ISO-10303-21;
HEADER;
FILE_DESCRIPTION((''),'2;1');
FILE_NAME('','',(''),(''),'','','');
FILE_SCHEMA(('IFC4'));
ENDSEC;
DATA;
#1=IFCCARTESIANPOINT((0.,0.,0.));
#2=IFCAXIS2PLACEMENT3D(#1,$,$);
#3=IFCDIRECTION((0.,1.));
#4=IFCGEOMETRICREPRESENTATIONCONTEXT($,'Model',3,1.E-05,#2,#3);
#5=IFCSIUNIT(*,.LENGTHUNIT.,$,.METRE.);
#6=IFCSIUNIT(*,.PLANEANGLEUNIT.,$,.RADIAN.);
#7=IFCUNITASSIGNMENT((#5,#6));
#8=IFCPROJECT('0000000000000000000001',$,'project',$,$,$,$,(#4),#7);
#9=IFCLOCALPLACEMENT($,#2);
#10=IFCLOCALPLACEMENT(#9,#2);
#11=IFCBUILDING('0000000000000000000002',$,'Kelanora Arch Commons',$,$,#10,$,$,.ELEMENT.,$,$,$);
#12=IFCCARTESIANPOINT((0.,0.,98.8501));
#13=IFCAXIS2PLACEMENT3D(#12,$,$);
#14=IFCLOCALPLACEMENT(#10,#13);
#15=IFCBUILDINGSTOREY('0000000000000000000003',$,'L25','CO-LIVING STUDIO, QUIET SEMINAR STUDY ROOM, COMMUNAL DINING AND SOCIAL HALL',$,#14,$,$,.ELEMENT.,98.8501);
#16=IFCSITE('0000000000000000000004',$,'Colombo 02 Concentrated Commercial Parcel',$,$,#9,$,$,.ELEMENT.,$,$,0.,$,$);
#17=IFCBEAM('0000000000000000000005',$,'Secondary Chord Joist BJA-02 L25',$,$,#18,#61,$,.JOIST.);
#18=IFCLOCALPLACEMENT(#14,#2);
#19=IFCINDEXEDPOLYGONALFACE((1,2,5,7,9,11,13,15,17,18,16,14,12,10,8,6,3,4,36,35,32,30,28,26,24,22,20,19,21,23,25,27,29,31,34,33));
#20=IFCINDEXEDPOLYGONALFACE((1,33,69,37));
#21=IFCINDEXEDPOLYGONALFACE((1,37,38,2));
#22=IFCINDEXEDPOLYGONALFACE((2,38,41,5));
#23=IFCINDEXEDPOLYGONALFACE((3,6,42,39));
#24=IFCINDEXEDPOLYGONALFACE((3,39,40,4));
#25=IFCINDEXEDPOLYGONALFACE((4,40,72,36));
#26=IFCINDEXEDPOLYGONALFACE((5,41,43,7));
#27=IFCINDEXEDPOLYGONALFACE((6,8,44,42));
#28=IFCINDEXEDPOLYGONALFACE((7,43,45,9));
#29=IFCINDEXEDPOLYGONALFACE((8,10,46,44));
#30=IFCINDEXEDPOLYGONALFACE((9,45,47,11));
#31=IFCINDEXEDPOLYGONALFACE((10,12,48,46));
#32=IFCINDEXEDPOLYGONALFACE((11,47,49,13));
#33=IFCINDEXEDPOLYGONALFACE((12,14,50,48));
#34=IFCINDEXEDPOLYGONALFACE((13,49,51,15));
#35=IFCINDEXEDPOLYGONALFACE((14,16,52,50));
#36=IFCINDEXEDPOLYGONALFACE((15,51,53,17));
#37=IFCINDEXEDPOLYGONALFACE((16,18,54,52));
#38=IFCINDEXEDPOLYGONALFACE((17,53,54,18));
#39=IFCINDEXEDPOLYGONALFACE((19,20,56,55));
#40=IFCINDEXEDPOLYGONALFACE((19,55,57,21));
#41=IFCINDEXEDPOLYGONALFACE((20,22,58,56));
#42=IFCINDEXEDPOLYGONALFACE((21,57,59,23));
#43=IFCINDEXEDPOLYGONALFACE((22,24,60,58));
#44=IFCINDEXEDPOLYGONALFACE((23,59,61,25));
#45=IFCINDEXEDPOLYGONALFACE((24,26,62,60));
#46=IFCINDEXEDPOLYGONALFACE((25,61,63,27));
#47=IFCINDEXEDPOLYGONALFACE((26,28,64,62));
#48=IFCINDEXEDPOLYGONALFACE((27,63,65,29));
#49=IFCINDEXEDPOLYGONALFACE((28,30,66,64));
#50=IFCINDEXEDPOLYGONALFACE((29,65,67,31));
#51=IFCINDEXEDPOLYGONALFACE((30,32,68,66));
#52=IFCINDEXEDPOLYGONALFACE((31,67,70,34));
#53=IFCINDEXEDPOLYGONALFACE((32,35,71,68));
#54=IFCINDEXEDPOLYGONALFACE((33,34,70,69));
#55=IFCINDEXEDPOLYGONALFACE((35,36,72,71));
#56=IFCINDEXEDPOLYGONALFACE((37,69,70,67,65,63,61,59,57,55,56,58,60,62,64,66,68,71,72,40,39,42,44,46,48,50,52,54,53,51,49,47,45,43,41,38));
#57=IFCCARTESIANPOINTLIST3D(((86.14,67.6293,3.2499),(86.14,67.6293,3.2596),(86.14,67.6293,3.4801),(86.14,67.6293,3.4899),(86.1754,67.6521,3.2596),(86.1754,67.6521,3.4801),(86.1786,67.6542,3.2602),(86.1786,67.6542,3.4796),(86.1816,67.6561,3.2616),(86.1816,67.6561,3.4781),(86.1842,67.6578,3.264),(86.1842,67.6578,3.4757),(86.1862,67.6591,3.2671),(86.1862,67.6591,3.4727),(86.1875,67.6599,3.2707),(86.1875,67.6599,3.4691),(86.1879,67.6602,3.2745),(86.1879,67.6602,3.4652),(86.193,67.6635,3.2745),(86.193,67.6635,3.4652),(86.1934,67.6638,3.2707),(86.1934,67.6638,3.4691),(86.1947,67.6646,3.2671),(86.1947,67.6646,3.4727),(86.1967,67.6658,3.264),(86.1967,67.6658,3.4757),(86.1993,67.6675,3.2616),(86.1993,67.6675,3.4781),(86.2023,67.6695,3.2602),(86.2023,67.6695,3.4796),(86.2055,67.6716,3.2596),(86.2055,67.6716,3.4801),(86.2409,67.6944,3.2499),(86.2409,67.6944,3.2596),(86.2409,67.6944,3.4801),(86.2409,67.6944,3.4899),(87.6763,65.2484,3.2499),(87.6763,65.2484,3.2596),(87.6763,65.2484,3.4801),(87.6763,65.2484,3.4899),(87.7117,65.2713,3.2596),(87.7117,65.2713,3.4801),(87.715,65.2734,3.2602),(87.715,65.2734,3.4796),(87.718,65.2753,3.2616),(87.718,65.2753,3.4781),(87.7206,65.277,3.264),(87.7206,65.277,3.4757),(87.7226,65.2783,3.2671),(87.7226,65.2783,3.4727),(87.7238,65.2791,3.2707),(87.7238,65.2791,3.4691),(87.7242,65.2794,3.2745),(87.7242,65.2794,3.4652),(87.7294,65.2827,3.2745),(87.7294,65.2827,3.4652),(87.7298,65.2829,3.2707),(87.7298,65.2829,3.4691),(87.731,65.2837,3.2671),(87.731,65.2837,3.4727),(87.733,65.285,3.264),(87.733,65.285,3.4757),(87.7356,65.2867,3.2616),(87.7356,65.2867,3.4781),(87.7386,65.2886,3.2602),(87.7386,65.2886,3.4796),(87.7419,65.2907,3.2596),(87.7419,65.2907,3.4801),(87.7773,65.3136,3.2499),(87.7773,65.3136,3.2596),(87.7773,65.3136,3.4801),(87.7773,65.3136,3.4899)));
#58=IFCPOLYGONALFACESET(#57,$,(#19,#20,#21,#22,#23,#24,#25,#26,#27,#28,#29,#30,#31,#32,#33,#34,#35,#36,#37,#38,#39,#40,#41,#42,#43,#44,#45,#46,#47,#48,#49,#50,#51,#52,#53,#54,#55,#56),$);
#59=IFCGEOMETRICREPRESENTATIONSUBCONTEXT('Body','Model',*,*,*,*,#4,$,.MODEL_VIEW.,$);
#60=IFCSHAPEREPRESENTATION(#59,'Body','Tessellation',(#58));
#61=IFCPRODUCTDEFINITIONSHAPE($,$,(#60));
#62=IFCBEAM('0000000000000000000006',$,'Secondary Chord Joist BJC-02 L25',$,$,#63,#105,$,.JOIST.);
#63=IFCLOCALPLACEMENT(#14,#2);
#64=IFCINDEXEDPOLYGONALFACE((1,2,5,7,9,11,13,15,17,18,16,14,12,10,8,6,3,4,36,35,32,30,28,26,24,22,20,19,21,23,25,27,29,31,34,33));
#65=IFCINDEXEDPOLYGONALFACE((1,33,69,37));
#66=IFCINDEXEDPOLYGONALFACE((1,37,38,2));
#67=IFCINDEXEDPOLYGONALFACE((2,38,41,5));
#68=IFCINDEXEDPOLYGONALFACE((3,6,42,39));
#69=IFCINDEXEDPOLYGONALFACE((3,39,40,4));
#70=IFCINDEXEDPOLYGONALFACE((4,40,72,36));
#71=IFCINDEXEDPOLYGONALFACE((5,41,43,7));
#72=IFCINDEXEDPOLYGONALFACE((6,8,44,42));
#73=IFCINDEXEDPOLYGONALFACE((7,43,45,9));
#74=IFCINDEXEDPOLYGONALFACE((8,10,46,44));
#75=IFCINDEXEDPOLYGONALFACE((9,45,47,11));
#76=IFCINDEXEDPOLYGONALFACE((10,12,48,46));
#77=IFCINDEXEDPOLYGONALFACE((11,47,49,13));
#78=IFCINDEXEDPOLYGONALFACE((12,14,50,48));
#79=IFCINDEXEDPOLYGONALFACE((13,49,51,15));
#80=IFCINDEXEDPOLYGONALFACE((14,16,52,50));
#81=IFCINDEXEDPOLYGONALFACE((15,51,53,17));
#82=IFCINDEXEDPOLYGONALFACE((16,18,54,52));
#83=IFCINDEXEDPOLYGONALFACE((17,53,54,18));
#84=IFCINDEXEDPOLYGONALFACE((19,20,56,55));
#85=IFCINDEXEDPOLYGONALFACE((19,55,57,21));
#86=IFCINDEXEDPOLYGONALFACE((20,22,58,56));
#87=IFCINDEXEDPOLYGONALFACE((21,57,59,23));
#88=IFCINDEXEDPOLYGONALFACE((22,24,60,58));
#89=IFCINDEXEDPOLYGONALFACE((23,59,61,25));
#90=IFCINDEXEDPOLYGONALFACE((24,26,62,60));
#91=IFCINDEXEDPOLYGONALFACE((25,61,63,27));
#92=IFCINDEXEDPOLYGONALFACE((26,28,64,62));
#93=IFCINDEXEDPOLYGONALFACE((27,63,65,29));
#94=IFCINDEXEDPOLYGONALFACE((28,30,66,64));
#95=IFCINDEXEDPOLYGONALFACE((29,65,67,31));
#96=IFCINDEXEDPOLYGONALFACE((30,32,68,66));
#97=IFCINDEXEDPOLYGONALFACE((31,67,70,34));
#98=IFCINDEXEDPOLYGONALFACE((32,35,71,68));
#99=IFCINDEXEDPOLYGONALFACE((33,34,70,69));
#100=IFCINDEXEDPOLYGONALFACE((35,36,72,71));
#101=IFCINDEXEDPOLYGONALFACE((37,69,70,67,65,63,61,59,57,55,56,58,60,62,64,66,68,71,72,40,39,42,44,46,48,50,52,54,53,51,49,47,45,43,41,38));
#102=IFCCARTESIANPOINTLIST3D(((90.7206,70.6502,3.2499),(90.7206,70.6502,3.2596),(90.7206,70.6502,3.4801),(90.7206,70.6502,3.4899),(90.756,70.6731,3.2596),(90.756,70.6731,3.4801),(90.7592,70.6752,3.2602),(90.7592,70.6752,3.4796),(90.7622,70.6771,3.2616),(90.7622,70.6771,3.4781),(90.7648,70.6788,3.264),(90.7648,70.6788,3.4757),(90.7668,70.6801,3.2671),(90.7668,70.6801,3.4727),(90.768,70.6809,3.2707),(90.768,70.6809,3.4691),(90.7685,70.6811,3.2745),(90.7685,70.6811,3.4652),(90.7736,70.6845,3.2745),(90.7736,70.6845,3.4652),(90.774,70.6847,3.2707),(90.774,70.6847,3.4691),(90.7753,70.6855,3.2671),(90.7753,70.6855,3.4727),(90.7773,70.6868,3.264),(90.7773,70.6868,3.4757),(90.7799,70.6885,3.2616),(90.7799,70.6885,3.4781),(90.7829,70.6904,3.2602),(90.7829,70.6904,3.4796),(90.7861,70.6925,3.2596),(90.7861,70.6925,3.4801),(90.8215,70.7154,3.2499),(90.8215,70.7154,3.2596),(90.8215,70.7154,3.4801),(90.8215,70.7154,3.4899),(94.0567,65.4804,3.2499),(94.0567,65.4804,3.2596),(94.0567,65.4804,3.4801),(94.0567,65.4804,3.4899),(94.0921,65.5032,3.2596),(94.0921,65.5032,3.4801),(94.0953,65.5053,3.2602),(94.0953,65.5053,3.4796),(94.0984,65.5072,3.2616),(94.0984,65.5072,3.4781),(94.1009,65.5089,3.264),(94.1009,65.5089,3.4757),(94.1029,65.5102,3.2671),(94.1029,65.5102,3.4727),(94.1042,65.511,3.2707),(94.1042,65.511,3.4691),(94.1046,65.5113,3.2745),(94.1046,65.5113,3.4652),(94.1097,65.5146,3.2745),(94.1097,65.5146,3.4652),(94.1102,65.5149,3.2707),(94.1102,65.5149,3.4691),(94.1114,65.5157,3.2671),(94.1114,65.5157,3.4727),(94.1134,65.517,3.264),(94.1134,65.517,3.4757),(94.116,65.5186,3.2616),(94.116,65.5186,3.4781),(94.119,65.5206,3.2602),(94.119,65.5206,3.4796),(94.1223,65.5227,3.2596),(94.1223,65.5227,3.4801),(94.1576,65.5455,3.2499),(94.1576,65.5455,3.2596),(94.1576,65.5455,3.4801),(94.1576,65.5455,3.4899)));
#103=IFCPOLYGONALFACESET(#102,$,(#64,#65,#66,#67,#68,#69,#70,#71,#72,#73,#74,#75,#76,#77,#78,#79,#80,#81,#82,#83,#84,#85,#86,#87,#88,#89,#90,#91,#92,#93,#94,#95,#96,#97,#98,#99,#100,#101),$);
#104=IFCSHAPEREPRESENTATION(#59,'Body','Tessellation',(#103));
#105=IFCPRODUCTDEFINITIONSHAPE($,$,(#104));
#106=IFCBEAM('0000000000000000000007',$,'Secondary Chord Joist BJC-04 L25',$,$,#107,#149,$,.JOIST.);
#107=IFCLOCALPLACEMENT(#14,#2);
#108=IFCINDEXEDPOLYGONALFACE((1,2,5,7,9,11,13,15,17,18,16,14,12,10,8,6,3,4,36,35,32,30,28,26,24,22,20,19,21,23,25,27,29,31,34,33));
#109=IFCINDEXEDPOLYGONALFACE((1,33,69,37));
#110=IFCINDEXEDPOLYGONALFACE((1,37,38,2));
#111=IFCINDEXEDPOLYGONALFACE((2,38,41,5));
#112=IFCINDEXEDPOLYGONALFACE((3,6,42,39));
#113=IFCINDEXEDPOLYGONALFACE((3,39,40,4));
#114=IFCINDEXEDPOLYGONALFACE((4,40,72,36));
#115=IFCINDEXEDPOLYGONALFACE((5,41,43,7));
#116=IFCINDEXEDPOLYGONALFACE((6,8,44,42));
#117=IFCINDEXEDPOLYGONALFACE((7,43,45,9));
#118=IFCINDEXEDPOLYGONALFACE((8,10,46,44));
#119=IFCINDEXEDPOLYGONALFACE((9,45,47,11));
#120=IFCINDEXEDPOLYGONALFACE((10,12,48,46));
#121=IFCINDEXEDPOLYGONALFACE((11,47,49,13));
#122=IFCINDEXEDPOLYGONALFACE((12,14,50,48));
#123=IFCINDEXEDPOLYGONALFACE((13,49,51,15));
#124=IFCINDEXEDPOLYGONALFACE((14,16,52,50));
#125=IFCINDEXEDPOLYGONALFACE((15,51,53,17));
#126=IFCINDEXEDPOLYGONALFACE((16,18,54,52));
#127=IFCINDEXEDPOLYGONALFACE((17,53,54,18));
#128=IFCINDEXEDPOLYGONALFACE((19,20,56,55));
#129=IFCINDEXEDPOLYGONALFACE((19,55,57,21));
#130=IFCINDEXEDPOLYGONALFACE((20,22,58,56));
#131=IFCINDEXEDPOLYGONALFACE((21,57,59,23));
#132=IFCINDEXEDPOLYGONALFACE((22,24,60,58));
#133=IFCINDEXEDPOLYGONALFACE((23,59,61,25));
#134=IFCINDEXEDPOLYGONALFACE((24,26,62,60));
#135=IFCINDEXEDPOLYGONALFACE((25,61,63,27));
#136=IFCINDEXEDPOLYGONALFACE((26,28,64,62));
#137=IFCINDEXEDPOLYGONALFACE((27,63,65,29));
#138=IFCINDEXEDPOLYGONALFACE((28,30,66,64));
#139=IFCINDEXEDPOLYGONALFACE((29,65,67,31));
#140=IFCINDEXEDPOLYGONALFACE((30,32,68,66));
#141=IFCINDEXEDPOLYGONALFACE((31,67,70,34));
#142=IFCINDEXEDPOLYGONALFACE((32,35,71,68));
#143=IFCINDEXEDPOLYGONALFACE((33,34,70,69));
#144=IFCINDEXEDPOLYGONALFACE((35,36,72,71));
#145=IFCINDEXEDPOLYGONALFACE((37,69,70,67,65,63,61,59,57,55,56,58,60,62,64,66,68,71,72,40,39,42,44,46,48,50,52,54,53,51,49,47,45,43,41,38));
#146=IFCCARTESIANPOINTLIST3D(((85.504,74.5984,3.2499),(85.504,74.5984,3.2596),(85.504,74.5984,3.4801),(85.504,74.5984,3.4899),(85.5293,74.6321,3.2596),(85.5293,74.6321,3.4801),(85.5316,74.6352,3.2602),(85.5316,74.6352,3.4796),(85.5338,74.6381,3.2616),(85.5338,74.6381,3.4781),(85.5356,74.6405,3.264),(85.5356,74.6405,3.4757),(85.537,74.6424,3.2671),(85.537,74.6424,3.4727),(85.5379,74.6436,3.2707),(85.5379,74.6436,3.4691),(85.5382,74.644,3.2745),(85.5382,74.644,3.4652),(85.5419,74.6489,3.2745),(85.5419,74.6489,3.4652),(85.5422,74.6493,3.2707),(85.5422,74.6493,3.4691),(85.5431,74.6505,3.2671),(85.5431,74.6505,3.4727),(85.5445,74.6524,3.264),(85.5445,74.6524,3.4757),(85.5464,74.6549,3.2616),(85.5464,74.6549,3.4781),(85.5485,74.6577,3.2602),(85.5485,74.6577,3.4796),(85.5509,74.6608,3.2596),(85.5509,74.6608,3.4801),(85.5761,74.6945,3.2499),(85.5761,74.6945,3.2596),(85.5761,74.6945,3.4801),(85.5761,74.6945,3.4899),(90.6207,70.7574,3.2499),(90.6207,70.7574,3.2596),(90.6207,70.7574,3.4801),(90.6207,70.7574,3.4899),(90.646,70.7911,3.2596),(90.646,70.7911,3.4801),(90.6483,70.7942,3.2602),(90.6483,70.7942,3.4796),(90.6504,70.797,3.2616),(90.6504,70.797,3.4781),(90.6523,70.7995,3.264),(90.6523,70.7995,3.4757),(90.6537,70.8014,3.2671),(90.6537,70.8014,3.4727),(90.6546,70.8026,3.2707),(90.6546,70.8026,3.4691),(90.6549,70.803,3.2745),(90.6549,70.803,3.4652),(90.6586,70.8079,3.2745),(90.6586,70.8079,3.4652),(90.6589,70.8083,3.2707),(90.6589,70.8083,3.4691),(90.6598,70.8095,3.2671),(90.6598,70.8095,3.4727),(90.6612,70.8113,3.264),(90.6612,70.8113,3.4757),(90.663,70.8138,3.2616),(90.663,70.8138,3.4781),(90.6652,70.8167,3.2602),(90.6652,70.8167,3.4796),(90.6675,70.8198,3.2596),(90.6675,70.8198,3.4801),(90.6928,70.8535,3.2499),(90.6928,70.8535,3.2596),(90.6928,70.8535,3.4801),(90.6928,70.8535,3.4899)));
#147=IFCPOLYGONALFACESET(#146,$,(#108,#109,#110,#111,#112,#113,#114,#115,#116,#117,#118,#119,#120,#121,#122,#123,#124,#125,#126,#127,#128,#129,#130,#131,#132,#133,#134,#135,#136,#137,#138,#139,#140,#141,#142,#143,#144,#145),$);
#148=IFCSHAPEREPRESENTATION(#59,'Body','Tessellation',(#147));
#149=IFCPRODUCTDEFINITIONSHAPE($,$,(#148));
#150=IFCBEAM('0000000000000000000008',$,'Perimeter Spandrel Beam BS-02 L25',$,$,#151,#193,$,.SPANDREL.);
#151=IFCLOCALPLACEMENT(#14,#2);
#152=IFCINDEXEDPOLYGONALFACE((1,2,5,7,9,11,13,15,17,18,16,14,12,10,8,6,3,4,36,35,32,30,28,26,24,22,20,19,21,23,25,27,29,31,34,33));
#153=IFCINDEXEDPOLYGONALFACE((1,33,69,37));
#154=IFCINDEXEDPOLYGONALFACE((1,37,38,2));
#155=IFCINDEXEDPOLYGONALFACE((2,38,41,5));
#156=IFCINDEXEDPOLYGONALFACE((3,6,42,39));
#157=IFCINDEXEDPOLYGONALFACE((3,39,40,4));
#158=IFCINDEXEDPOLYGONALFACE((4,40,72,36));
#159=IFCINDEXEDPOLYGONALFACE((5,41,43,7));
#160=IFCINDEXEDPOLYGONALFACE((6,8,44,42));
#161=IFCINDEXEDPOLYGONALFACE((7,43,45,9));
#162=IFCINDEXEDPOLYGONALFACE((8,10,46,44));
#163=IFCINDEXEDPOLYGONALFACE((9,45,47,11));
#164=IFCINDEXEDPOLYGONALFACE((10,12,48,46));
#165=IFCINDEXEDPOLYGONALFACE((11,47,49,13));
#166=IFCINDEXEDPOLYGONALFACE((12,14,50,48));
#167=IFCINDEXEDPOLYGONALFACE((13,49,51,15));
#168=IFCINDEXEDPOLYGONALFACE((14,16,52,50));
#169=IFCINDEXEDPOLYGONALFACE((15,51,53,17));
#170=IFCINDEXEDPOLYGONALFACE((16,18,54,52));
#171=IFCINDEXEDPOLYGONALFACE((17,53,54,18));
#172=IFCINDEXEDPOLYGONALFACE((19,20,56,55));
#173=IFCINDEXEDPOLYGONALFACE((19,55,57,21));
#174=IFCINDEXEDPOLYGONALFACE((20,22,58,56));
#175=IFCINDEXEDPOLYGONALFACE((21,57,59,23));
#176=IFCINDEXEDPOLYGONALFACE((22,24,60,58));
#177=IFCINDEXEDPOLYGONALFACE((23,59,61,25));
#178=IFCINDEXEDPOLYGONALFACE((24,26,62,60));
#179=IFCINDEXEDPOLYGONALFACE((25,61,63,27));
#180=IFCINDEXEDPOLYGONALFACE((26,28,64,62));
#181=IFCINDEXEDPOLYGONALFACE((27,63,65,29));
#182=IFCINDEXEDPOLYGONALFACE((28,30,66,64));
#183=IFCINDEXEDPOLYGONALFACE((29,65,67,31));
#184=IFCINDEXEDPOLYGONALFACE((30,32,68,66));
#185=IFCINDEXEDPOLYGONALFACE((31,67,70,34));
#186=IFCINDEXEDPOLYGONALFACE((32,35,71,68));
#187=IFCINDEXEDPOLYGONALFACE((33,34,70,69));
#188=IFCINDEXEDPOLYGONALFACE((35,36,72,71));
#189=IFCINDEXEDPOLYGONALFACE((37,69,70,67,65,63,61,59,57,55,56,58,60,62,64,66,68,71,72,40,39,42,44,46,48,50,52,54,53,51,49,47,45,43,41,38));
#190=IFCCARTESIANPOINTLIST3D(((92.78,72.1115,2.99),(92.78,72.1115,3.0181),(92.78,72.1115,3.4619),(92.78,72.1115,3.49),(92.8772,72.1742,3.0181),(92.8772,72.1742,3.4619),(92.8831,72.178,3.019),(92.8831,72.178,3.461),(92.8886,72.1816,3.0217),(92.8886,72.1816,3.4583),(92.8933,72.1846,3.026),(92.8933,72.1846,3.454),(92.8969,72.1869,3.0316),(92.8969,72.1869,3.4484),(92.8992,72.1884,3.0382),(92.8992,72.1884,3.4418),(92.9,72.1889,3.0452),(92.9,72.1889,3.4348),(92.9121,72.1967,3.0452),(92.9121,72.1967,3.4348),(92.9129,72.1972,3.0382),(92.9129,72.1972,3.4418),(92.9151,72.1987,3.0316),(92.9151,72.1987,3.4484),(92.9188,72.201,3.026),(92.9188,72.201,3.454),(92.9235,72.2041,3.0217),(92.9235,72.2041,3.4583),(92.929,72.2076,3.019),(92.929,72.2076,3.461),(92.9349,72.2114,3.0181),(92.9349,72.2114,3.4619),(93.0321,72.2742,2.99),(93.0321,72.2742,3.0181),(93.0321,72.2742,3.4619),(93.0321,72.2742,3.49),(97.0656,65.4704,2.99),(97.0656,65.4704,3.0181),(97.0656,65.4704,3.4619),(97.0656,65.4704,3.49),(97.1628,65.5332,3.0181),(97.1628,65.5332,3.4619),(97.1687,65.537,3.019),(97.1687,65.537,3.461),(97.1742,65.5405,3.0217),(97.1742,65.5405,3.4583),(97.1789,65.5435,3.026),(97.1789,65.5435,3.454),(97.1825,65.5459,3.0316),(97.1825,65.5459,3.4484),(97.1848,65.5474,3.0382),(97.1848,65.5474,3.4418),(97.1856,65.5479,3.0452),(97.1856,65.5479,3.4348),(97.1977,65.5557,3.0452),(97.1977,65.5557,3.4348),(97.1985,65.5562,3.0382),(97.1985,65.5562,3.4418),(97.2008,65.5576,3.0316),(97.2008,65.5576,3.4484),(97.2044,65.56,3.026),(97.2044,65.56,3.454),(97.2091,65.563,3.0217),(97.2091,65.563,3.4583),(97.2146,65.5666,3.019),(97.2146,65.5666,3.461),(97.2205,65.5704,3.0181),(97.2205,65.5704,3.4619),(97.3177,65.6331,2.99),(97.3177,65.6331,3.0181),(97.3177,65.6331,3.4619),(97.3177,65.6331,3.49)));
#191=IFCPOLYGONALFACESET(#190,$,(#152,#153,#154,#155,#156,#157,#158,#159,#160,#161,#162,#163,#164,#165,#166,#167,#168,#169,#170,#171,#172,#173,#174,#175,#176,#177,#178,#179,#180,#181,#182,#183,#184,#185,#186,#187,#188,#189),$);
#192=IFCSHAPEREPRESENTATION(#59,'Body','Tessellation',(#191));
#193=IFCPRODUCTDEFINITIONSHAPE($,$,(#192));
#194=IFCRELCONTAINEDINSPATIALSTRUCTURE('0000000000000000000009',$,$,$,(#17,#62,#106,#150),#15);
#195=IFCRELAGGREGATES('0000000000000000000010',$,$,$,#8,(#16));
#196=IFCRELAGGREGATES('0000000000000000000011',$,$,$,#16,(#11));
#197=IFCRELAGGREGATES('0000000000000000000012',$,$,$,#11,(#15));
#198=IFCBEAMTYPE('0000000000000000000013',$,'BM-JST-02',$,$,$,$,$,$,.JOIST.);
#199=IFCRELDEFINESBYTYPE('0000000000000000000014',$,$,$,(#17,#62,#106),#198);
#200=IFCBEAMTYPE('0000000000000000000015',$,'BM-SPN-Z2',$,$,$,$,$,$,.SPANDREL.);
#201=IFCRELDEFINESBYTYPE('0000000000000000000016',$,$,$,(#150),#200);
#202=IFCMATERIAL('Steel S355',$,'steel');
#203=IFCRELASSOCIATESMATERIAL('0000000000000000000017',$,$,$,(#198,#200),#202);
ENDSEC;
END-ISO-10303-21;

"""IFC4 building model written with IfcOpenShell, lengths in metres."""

from ifc_helpers import new_model, si_unit, direction, frame, origin, origin_2d, place, context, subcontext, project, spatial, i_section, extrude, material, material_profile, profile_set, type_object, element, save


model = new_model("IFC4")

# Units and contexts
model_context = context("Model", 3, precision=1e-05, world=origin(), true_north=direction((0.0, 1.0)))
body_context = subcontext(model_context, "Body", "Model", "MODEL_VIEW")
ifc_project = project(units=[si_unit("LENGTHUNIT", "METRE"), si_unit("PLANEANGLEUNIT", "RADIAN")], contexts=[model_context])

# Site, building, storey
site_placement = place(None, origin())
site = spatial("IfcSite", under=ifc_project, at=site_placement, Name="Colombo 02 Concentrated Commercial Parcel", CompositionType="ELEMENT", RefElevation=0.0)
building_placement = place(site_placement, origin())
building = spatial("IfcBuilding", under=site, at=building_placement, Name="Kelanora Arch Commons", CompositionType="ELEMENT")
storey_placement = place(building_placement, frame((0.0, 0.0, 98.8501)))
storey = spatial("IfcBuildingStorey", under=building, at=storey_placement, Name="L25", Description="CO-LIVING STUDIO, QUIET SEMINAR STUDY ROOM, COMMUNAL DINING AND SOCIAL HALL", CompositionType="ELEMENT", Elevation=98.8501)

# Beams
ifc_material_1 = material(Name="Steel S355", Category="steel")
ifc_material_profile_1 = material_profile(ifc_material_1, i_section(OverallWidth=0.1201, OverallDepth=0.24, WebThickness=0.0061, FlangeThickness=0.0098, FilletRadius=0.0149, at=origin_2d()), Name="IPE240")
ifc_profile_set_1 = profile_set([ifc_material_profile_1], Name="Steel S355")
beam_type_1 = type_object("IfcBeamType", Name="BM-JST-02", PredefinedType="JOIST", material=ifc_profile_set_1)
beam_1_placement = place(storey_placement, frame((87.7268, 65.281, 3.3699), z_axis=(-0.542211, 0.840242, 0.0), x_axis=(-0.840242, -0.542211, 0.0)))
element("IfcBeam", 1, at=beam_1_placement, inside=storey, type_object=beam_type_1, Name="Secondary Chord Joist BJA-02 L25", PredefinedType="JOIST", context=body_context, shape_type="SweptSolid", body=[
    extrude(i_section(OverallWidth=0.1201, OverallDepth=0.24, WebThickness=0.0061, FlangeThickness=0.0098, FilletRadius=0.0149, at=origin_2d()), origin(), (0.0, 0.0, 1.0), 2.8335),
])
beam_2_placement = place(storey_placement, frame((94.1072, 65.5129, 3.3699), z_axis=(-0.542213, 0.840241, 0.0), x_axis=(-0.840241, -0.542213, 0.0)))
element("IfcBeam", 2, at=beam_2_placement, inside=storey, type_object=beam_type_1, Name="Secondary Chord Joist BJC-02 L25", PredefinedType="JOIST", context=body_context, shape_type="SweptSolid", body=[
    extrude(i_section(OverallWidth=0.1201, OverallDepth=0.24, WebThickness=0.0061, FlangeThickness=0.0098, FilletRadius=0.0149, at=origin_2d()), origin(), (0.0, 0.0, 1.0), 6.1528),
])
beam_3_placement = place(storey_placement, frame((90.6567, 70.8054, 3.3699), z_axis=(-0.799734, 0.600354, 0.0), x_axis=(-0.600354, -0.799734, 0.0)))
element("IfcBeam", 3, at=beam_3_placement, inside=storey, type_object=beam_type_1, Name="Secondary Chord Joist BJC-04 L25", PredefinedType="JOIST", context=body_context, shape_type="SweptSolid", body=[
    extrude(i_section(OverallWidth=0.1201, OverallDepth=0.24, WebThickness=0.0061, FlangeThickness=0.0098, FilletRadius=0.0149, at=origin_2d()), origin(), (0.0, 0.0, 1.0), 6.3979),
])
ifc_material_profile_2 = material_profile(ifc_material_1, i_section(OverallWidth=0.3, OverallDepth=0.5, WebThickness=0.0144, FlangeThickness=0.0281, FilletRadius=0.0271, at=origin_2d()), Name="HEB500")
ifc_profile_set_2 = profile_set([ifc_material_profile_2], Name="Steel S355")
beam_type_2 = type_object("IfcBeamType", Name="BM-SPN-Z2", PredefinedType="SPANDREL", material=ifc_profile_set_2)
beam_4_placement = place(storey_placement, frame((97.1917, 65.5518, 3.24), z_axis=(-0.542221, 0.840236, 0.0), x_axis=(-0.840236, -0.542221, 0.0)))
element("IfcBeam", 4, at=beam_4_placement, inside=storey, type_object=beam_type_2, Name="Perimeter Spandrel Beam BS-02 L25", PredefinedType="SPANDREL", context=body_context, shape_type="SweptSolid", body=[
    extrude(i_section(OverallWidth=0.3, OverallDepth=0.5, WebThickness=0.0144, FlangeThickness=0.0281, FilletRadius=0.0271, at=origin_2d()), origin(), (0.0, 0.0, 1.0), 7.9038),
])

save(model, "model.ifc")
